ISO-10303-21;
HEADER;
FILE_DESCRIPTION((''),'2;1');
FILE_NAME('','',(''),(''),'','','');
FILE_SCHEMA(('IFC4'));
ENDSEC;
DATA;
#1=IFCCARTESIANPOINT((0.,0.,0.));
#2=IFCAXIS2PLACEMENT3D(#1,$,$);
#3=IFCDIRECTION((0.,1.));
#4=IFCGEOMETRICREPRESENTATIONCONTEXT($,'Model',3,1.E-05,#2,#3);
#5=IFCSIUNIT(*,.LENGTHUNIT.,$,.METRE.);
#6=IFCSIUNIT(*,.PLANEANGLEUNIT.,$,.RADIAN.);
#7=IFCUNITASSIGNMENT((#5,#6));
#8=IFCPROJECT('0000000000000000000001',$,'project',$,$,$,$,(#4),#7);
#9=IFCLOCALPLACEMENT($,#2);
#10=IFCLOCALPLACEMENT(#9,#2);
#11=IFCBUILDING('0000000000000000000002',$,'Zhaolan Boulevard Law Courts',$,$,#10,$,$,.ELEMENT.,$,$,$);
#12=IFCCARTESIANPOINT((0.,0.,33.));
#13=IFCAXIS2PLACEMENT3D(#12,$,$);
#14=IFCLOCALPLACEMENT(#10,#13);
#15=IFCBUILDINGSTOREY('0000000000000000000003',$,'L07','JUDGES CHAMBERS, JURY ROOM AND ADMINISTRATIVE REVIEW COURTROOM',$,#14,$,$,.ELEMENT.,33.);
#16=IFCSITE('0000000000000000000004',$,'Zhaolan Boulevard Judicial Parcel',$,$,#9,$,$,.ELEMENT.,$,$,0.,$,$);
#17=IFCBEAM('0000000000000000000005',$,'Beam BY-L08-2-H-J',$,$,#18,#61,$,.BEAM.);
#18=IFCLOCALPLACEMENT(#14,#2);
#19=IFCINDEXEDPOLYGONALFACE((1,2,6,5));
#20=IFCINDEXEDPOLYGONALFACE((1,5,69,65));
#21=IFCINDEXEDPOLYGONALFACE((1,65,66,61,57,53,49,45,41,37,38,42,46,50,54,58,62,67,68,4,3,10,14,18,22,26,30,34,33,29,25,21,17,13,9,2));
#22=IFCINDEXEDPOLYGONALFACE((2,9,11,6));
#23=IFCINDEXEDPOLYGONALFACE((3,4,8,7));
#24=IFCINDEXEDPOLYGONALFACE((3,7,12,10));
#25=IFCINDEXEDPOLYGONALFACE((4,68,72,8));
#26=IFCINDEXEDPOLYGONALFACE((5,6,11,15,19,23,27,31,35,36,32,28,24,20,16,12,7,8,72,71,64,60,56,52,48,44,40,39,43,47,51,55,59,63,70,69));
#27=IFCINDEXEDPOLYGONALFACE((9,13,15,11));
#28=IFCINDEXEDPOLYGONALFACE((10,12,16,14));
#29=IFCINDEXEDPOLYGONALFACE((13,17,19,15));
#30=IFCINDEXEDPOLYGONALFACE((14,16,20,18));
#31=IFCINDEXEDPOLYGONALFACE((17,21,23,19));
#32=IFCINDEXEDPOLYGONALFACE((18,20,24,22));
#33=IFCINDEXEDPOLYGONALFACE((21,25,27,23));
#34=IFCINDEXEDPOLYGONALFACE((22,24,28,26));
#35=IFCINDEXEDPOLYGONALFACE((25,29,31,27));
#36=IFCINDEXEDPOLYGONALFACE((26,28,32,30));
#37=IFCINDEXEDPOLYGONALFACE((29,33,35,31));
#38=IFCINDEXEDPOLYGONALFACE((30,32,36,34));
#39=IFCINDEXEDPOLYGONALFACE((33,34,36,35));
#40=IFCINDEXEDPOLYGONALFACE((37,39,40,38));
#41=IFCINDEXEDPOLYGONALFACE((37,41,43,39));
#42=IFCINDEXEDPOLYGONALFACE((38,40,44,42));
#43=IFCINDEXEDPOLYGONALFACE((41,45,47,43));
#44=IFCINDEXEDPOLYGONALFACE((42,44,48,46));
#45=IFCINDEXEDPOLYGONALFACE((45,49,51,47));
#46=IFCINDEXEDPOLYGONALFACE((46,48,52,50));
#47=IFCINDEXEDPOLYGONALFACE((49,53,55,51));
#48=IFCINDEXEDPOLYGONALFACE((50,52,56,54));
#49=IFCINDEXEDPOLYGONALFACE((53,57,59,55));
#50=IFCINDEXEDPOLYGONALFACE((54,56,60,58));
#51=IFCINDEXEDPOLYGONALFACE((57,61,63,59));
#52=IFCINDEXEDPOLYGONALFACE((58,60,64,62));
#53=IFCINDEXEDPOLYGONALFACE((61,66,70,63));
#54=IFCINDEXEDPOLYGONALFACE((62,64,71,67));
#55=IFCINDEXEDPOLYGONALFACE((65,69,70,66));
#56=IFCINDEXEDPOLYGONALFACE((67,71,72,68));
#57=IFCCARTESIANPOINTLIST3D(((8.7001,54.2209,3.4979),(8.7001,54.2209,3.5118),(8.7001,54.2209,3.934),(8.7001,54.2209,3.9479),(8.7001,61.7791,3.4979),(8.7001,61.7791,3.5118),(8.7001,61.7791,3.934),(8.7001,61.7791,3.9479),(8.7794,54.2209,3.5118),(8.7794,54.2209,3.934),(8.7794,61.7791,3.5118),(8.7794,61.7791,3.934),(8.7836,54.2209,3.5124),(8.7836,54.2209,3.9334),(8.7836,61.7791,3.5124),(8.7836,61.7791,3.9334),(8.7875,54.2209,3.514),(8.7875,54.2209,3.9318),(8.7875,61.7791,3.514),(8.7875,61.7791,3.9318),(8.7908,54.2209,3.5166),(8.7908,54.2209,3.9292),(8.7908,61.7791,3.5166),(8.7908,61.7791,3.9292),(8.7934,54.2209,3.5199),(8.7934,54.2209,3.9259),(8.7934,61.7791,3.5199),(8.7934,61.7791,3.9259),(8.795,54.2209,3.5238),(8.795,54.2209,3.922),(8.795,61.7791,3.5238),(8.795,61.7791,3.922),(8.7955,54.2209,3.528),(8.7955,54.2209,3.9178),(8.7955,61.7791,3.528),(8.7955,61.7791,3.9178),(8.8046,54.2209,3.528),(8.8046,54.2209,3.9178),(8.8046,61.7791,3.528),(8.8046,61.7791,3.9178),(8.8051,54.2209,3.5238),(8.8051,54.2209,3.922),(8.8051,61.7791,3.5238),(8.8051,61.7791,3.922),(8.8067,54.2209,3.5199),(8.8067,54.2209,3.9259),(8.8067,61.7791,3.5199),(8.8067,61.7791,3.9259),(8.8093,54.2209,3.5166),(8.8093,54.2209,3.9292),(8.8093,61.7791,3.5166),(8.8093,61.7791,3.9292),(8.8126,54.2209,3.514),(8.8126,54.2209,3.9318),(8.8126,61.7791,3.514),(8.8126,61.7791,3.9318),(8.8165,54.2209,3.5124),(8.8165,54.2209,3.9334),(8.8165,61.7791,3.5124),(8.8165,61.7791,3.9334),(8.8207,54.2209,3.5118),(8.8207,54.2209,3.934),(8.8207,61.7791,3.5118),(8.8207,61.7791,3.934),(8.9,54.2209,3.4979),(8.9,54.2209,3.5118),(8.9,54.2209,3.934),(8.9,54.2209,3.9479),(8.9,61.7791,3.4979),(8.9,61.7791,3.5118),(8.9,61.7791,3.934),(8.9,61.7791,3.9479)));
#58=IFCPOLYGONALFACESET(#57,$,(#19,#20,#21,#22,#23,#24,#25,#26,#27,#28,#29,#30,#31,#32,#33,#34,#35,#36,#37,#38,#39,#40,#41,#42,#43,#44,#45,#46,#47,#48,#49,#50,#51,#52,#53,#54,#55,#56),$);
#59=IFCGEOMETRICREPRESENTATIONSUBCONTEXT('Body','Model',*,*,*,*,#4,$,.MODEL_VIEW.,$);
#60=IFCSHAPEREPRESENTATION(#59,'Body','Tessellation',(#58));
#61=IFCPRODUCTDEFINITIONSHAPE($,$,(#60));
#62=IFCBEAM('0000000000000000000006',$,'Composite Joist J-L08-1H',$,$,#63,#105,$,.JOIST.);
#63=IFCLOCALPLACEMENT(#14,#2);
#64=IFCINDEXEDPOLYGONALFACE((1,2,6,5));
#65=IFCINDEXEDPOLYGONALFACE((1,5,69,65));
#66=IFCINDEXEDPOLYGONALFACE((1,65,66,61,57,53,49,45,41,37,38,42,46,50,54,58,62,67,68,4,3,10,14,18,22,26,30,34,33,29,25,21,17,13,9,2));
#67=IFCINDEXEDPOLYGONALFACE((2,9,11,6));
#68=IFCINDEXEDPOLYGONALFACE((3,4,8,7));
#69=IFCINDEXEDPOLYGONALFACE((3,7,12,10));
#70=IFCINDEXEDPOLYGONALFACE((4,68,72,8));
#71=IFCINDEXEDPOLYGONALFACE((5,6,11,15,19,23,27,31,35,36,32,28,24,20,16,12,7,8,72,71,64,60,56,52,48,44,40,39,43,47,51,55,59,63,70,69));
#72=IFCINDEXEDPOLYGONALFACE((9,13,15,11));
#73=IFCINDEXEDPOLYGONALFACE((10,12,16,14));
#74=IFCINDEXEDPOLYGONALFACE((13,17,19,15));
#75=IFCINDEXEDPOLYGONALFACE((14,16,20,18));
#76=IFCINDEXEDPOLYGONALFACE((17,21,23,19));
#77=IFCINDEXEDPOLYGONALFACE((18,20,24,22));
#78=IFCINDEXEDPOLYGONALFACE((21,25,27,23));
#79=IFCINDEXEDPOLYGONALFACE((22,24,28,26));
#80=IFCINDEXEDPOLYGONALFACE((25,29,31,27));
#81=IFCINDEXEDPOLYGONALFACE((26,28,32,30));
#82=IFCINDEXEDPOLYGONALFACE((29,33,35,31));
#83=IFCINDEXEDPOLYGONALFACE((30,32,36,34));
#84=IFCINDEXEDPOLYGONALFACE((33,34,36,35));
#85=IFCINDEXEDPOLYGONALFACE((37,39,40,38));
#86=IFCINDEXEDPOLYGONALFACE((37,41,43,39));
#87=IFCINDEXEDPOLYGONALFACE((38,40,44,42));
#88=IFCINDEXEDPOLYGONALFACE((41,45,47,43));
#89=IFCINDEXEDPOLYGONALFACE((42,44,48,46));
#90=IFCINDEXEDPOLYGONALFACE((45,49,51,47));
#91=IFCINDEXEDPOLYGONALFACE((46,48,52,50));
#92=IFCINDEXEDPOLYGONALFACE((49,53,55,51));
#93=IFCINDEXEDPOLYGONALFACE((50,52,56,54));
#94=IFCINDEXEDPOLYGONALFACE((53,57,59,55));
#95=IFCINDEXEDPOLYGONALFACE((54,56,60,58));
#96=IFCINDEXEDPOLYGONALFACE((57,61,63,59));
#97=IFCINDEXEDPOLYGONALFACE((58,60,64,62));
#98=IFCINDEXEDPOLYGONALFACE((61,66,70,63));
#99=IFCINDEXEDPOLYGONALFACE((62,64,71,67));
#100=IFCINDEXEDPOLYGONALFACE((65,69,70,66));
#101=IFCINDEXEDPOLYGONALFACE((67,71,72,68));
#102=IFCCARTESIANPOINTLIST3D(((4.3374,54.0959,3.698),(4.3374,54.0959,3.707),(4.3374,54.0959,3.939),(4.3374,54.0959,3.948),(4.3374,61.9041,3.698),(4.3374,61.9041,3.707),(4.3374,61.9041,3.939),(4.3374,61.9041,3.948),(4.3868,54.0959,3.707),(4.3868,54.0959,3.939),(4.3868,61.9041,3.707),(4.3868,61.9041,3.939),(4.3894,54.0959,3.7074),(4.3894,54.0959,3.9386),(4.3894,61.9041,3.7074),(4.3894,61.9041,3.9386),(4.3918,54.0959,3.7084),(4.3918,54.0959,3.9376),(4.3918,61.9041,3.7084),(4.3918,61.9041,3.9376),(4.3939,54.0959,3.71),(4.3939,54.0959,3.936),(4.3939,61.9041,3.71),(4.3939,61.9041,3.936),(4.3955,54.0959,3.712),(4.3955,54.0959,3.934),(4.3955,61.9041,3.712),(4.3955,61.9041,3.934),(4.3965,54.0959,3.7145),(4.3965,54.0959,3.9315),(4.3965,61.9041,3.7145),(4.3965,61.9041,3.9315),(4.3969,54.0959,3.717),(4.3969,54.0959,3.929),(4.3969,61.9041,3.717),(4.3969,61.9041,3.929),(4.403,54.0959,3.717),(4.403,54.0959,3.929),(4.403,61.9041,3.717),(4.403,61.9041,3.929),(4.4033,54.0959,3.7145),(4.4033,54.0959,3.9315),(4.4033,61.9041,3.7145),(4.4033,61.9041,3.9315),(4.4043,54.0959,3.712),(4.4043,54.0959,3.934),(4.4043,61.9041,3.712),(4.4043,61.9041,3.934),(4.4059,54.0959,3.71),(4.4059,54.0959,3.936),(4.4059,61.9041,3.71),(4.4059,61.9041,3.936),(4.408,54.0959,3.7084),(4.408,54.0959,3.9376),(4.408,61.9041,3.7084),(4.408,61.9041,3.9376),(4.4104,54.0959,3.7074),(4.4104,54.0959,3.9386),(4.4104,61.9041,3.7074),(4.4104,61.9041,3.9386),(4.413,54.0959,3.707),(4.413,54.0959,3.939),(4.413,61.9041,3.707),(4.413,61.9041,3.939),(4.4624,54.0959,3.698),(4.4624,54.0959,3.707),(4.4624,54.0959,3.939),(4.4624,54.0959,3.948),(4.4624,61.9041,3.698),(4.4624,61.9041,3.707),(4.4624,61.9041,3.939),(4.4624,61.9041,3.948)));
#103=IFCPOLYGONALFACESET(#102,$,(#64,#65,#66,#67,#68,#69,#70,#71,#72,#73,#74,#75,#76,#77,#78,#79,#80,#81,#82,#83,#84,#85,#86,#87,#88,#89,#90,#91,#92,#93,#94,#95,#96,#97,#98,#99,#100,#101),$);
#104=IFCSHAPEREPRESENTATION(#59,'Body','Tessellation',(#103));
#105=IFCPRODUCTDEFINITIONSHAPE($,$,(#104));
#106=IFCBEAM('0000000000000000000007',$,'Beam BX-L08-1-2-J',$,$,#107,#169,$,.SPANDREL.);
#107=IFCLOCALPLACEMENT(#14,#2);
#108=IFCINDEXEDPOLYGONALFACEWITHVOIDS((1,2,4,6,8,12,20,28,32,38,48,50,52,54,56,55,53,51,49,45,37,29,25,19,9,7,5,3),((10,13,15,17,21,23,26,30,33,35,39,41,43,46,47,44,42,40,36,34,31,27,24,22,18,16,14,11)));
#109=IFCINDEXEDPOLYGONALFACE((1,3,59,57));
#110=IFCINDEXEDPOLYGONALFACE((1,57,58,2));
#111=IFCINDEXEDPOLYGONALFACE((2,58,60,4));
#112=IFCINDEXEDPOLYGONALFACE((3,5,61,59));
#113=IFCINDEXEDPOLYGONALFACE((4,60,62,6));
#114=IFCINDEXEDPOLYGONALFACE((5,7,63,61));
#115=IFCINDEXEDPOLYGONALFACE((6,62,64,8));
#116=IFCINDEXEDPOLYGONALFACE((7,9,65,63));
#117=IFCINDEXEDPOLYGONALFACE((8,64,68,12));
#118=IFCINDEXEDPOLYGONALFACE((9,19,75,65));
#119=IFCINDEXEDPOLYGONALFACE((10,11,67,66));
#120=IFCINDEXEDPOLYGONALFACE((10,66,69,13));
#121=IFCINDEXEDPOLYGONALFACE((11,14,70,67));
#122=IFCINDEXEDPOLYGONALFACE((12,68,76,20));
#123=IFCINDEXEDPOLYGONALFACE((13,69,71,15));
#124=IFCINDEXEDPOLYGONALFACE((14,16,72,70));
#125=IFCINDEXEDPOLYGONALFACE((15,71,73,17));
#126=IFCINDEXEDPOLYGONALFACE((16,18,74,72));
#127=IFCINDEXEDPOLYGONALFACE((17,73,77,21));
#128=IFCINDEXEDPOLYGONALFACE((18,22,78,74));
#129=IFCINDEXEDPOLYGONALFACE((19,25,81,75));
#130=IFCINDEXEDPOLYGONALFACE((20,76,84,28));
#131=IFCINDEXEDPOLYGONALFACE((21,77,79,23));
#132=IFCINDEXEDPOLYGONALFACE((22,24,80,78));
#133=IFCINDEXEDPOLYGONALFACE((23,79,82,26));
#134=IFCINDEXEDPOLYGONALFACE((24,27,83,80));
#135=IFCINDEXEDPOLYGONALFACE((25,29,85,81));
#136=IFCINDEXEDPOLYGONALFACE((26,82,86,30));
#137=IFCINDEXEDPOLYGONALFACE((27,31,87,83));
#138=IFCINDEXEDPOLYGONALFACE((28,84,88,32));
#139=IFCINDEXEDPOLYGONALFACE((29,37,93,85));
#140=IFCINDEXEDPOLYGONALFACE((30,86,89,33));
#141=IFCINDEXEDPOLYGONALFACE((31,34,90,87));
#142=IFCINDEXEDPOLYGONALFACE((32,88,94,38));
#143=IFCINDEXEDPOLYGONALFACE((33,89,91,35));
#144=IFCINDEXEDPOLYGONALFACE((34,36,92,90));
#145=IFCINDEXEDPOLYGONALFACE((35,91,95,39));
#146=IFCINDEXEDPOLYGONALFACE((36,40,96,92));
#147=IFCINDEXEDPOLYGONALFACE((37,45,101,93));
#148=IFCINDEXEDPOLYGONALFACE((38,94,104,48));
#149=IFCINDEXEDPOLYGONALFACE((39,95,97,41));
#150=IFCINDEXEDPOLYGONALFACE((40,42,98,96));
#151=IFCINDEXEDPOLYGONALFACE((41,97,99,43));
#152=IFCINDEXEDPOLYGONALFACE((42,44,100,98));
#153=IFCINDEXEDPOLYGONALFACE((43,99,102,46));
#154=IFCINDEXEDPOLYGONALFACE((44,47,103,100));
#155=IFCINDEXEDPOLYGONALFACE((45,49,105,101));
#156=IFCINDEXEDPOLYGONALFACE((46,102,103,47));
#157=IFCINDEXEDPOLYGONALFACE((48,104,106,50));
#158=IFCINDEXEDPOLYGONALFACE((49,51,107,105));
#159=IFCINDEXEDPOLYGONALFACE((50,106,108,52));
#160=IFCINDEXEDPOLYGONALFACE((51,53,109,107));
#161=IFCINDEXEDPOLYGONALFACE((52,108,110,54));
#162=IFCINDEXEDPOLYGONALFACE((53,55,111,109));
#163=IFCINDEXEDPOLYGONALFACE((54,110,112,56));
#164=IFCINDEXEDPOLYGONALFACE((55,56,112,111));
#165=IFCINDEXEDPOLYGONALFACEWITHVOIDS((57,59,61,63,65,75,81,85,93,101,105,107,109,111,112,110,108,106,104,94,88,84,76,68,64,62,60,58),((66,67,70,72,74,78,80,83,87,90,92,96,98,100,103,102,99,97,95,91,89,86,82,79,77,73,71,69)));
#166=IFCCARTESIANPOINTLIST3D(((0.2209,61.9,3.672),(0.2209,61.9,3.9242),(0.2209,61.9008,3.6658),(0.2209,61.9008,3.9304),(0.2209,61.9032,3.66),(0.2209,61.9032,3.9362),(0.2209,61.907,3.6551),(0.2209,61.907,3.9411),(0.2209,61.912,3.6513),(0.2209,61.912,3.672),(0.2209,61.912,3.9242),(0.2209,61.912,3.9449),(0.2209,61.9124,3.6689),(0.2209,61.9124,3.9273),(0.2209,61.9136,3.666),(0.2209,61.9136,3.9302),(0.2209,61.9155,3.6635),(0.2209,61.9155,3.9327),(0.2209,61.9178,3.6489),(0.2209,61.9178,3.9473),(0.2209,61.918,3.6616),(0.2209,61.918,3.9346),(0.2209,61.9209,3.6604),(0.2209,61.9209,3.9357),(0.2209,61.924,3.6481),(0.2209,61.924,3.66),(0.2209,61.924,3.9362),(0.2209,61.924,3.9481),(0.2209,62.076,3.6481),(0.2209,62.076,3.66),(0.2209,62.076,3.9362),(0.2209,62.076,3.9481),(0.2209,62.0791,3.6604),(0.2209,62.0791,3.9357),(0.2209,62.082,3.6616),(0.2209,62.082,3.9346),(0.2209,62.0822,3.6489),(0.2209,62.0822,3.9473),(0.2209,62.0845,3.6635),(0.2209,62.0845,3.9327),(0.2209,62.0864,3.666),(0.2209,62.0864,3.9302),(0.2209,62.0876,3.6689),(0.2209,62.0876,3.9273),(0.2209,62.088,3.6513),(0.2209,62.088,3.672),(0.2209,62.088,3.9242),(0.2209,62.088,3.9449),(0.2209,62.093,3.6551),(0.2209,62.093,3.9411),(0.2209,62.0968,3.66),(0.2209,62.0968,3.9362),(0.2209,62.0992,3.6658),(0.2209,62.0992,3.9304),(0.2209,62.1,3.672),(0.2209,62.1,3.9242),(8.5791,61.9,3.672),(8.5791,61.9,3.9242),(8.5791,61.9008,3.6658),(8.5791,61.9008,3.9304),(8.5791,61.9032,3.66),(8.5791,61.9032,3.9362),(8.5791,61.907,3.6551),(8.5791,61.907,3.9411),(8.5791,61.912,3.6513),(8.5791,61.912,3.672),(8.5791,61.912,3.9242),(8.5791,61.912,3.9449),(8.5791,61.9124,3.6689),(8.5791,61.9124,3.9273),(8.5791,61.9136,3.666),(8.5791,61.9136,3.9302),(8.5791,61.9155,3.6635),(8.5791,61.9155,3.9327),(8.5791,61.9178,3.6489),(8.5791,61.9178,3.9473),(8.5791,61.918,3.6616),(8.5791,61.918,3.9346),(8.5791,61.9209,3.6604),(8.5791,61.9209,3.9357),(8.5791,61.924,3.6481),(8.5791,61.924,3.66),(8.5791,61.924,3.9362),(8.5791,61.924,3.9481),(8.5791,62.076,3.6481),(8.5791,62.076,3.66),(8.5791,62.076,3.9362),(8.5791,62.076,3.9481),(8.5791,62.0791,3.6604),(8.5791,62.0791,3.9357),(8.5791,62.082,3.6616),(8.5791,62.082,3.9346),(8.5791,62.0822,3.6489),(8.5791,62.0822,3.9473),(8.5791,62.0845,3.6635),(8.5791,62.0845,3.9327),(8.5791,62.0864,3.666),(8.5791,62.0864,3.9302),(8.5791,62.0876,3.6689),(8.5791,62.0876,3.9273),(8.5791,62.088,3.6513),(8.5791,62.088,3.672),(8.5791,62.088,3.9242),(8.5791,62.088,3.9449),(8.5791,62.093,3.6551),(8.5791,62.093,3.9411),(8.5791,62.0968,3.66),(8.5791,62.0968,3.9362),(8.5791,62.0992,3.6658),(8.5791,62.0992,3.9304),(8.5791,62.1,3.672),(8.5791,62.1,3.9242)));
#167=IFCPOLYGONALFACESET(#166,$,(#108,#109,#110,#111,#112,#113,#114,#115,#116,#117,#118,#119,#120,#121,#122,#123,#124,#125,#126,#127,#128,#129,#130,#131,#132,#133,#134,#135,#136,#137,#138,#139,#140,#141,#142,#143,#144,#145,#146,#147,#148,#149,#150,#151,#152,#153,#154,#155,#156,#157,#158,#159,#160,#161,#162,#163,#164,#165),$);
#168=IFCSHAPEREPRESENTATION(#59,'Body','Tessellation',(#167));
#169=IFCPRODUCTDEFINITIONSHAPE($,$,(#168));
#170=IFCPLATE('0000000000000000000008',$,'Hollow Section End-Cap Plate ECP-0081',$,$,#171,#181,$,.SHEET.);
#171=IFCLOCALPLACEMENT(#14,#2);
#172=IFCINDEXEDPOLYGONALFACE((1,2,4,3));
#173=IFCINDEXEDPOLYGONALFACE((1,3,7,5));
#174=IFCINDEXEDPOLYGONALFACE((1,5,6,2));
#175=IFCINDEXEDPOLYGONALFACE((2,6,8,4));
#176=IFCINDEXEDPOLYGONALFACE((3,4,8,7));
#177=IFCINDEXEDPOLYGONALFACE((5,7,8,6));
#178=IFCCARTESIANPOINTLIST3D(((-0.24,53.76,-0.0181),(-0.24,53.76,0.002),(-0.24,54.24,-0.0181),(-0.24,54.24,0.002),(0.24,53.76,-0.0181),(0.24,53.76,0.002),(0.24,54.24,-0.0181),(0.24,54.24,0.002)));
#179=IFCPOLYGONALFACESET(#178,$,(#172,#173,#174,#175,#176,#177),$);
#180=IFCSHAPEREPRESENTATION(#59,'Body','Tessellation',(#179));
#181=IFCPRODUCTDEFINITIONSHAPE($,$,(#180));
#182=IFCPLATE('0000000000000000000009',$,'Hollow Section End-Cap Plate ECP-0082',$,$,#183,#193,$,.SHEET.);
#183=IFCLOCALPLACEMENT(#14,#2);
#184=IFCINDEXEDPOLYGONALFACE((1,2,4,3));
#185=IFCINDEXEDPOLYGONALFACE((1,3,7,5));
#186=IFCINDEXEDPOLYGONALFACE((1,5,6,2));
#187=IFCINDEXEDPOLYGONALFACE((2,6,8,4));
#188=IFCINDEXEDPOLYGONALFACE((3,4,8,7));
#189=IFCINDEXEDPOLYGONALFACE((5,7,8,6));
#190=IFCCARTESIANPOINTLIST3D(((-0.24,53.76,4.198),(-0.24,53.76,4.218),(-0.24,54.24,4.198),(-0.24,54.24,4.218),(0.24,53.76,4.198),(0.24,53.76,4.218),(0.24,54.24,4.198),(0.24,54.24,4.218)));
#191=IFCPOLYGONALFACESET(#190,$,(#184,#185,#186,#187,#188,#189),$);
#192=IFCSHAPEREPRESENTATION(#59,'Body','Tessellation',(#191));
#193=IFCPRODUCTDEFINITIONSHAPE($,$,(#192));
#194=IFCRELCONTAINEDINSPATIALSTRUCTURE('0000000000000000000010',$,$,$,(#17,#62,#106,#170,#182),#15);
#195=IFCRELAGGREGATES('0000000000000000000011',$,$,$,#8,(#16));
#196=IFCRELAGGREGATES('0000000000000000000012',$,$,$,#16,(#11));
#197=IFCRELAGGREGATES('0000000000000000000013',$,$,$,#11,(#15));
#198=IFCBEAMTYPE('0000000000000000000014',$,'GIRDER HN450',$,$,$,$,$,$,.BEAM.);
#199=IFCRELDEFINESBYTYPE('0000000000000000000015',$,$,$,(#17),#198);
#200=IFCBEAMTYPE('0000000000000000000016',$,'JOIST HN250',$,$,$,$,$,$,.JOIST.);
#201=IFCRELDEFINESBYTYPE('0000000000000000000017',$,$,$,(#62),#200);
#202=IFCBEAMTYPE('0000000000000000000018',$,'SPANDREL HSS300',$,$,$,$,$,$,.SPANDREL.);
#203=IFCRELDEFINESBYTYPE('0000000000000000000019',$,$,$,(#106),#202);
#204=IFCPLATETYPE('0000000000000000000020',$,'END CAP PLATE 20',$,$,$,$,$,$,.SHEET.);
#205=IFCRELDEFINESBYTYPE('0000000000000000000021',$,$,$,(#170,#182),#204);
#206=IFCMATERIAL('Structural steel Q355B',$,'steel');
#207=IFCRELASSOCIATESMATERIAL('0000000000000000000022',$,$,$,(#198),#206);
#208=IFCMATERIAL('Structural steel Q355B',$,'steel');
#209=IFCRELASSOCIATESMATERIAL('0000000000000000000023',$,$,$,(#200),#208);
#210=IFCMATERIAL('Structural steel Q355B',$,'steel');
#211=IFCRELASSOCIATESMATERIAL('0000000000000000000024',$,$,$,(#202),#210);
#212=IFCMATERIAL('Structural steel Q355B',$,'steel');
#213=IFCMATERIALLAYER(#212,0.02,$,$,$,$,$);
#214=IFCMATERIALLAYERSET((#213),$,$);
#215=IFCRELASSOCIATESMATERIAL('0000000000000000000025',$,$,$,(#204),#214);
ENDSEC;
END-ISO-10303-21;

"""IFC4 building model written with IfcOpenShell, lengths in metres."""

from ifc_helpers import new_model, si_unit, direction, frame, origin, origin_2d, place, context, subcontext, project, spatial, rectangle, hollow_rectangle, i_section, extrude, material, layer, layer_set, material_profile, profile_set, type_object, element, save


model = new_model("IFC4")

# Units and contexts
model_context = context("Model", 3, precision=1e-05, world=origin(), true_north=direction((0.0, 1.0)))
body_context = subcontext(model_context, "Body", "Model", "MODEL_VIEW")
ifc_project = project(units=[si_unit("LENGTHUNIT", "METRE"), si_unit("PLANEANGLEUNIT", "RADIAN")], contexts=[model_context])

# Site, building, storey
site_placement = place(None, origin())
site = spatial("IfcSite", under=ifc_project, at=site_placement, Name="Zhaolan Boulevard Judicial Parcel", CompositionType="ELEMENT", RefElevation=0.0)
building_placement = place(site_placement, origin())
building = spatial("IfcBuilding", under=site, at=building_placement, Name="Zhaolan Boulevard Law Courts", CompositionType="ELEMENT")
storey_placement = place(building_placement, frame((0.0, 0.0, 33.0)))
storey = spatial("IfcBuildingStorey", under=building, at=storey_placement, Name="L07", Description="JUDGES CHAMBERS, JURY ROOM AND ADMINISTRATIVE REVIEW COURTROOM", CompositionType="ELEMENT", Elevation=33.0)

# Beams
ifc_material_1 = material(Name="Structural steel Q355B", Category="steel")
ifc_material_profile_1 = material_profile(ifc_material_1, i_section(OverallWidth=0.2, OverallDepth=0.45, WebThickness=0.009, FlangeThickness=0.0139, FilletRadius=0.0161, at=origin_2d()), Name="HN450x200")
ifc_profile_set_1 = profile_set([ifc_material_profile_1], Name="Structural steel Q355B")
beam_type_1 = type_object("IfcBeamType", Name="GIRDER HN450", PredefinedType="BEAM", material=ifc_profile_set_1)
for number, where, z_axis, x_axis, name in (
    (1, (8.8, 54.2209, 3.7229), (0.0, 1.0, 0.0), (-1.0, 0.0, 0.0), "Beam BY-L08-2-H-J"),
):
    element("IfcBeam", number, at=place(storey_placement, frame(where, z_axis=z_axis, x_axis=x_axis)), inside=storey, type_object=beam_type_1, Name=name, PredefinedType="BEAM", context=body_context, shape_type="SweptSolid", body=[
        extrude(i_section(OverallWidth=0.2, OverallDepth=0.45, WebThickness=0.009, FlangeThickness=0.0139, FilletRadius=0.0161, at=origin_2d()), origin(), (0.0, 0.0, 1.0), 7.5581),
    ])
ifc_material_2 = material(Name="Structural steel Q355B", Category="steel")
ifc_material_profile_2 = material_profile(ifc_material_2, i_section(OverallWidth=0.125, OverallDepth=0.25, WebThickness=0.0061, FlangeThickness=0.009, FilletRadius=0.01, at=origin_2d()), Name="HN250x125")
ifc_profile_set_2 = profile_set([ifc_material_profile_2], Name="Structural steel Q355B")
beam_type_2 = type_object("IfcBeamType", Name="JOIST HN250", PredefinedType="JOIST", material=ifc_profile_set_2)
beam_1_placement = place(storey_placement, frame((4.3999, 54.0959, 3.823), z_axis=(0.0, 1.0, 0.0), x_axis=(-1.0, 0.0, 0.0)))
element("IfcBeam", 2, at=beam_1_placement, inside=storey, type_object=beam_type_2, Name="Composite Joist J-L08-1H", PredefinedType="JOIST", context=body_context, shape_type="SweptSolid", body=[
    extrude(i_section(OverallWidth=0.125, OverallDepth=0.25, WebThickness=0.0061, FlangeThickness=0.009, FilletRadius=0.01, at=origin_2d()), origin(), (0.0, 0.0, 1.0), 7.8081),
])
ifc_material_3 = material(Name="Structural steel Q355B", Category="steel")
ifc_material_profile_3 = material_profile(ifc_material_3, hollow_rectangle(XDim=0.2, YDim=0.3, WallThickness=0.012, InnerFilletRadius=0.012, OuterFilletRadius=0.0239, at=origin_2d()), Name="HSS300x200x12")
ifc_profile_set_3 = profile_set([ifc_material_profile_3], Name="Structural steel Q355B")
beam_type_3 = type_object("IfcBeamType", Name="SPANDREL HSS300", PredefinedType="SPANDREL", material=ifc_profile_set_3)
beam_2_placement = place(storey_placement, frame((0.2209, 62.0, 3.7981), z_axis=(1.0, 0.0, 0.0), x_axis=(0.0, 1.0, 0.0)))
element("IfcBeam", 3, at=beam_2_placement, inside=storey, type_object=beam_type_3, Name="Beam BX-L08-1-2-J", PredefinedType="SPANDREL", context=body_context, shape_type="SweptSolid", body=[
    extrude(hollow_rectangle(XDim=0.2, YDim=0.3, WallThickness=0.012, InnerFilletRadius=0.012, OuterFilletRadius=0.0239, at=origin_2d()), origin(), (0.0, 0.0, 1.0), 8.3582),
])

# Plates
ifc_material_4 = material(Name="Structural steel Q355B", Category="steel")
ifc_layer_1 = layer(ifc_material_4, 0.02)
ifc_layer_set_1 = layer_set([ifc_layer_1])
plate_type = type_object("IfcPlateType", Name="END CAP PLATE 20", PredefinedType="SHEET", material=ifc_layer_set_1)
for number, where, z_axis, x_axis, name in (
    (4, (0.0, 54.0, -0.0181), (0.0, 0.0, 1.0), (1.0, 0.0, 0.0), "Hollow Section End-Cap Plate ECP-0081"),
    (5, (0.0, 54.0, 4.198), (0.0, 0.0, 1.0), (1.0, 0.0, 0.0), "Hollow Section End-Cap Plate ECP-0082"),
):
    element("IfcPlate", number, at=place(storey_placement, frame(where, z_axis=z_axis, x_axis=x_axis)), inside=storey, type_object=plate_type, Name=name, PredefinedType="SHEET", context=body_context, shape_type="SweptSolid", body=[
        extrude(rectangle(XDim=0.48, YDim=0.48, at=origin_2d()), origin(), (0.0, 0.0, 1.0), 0.02),
    ])

save(model, "model.ifc")
